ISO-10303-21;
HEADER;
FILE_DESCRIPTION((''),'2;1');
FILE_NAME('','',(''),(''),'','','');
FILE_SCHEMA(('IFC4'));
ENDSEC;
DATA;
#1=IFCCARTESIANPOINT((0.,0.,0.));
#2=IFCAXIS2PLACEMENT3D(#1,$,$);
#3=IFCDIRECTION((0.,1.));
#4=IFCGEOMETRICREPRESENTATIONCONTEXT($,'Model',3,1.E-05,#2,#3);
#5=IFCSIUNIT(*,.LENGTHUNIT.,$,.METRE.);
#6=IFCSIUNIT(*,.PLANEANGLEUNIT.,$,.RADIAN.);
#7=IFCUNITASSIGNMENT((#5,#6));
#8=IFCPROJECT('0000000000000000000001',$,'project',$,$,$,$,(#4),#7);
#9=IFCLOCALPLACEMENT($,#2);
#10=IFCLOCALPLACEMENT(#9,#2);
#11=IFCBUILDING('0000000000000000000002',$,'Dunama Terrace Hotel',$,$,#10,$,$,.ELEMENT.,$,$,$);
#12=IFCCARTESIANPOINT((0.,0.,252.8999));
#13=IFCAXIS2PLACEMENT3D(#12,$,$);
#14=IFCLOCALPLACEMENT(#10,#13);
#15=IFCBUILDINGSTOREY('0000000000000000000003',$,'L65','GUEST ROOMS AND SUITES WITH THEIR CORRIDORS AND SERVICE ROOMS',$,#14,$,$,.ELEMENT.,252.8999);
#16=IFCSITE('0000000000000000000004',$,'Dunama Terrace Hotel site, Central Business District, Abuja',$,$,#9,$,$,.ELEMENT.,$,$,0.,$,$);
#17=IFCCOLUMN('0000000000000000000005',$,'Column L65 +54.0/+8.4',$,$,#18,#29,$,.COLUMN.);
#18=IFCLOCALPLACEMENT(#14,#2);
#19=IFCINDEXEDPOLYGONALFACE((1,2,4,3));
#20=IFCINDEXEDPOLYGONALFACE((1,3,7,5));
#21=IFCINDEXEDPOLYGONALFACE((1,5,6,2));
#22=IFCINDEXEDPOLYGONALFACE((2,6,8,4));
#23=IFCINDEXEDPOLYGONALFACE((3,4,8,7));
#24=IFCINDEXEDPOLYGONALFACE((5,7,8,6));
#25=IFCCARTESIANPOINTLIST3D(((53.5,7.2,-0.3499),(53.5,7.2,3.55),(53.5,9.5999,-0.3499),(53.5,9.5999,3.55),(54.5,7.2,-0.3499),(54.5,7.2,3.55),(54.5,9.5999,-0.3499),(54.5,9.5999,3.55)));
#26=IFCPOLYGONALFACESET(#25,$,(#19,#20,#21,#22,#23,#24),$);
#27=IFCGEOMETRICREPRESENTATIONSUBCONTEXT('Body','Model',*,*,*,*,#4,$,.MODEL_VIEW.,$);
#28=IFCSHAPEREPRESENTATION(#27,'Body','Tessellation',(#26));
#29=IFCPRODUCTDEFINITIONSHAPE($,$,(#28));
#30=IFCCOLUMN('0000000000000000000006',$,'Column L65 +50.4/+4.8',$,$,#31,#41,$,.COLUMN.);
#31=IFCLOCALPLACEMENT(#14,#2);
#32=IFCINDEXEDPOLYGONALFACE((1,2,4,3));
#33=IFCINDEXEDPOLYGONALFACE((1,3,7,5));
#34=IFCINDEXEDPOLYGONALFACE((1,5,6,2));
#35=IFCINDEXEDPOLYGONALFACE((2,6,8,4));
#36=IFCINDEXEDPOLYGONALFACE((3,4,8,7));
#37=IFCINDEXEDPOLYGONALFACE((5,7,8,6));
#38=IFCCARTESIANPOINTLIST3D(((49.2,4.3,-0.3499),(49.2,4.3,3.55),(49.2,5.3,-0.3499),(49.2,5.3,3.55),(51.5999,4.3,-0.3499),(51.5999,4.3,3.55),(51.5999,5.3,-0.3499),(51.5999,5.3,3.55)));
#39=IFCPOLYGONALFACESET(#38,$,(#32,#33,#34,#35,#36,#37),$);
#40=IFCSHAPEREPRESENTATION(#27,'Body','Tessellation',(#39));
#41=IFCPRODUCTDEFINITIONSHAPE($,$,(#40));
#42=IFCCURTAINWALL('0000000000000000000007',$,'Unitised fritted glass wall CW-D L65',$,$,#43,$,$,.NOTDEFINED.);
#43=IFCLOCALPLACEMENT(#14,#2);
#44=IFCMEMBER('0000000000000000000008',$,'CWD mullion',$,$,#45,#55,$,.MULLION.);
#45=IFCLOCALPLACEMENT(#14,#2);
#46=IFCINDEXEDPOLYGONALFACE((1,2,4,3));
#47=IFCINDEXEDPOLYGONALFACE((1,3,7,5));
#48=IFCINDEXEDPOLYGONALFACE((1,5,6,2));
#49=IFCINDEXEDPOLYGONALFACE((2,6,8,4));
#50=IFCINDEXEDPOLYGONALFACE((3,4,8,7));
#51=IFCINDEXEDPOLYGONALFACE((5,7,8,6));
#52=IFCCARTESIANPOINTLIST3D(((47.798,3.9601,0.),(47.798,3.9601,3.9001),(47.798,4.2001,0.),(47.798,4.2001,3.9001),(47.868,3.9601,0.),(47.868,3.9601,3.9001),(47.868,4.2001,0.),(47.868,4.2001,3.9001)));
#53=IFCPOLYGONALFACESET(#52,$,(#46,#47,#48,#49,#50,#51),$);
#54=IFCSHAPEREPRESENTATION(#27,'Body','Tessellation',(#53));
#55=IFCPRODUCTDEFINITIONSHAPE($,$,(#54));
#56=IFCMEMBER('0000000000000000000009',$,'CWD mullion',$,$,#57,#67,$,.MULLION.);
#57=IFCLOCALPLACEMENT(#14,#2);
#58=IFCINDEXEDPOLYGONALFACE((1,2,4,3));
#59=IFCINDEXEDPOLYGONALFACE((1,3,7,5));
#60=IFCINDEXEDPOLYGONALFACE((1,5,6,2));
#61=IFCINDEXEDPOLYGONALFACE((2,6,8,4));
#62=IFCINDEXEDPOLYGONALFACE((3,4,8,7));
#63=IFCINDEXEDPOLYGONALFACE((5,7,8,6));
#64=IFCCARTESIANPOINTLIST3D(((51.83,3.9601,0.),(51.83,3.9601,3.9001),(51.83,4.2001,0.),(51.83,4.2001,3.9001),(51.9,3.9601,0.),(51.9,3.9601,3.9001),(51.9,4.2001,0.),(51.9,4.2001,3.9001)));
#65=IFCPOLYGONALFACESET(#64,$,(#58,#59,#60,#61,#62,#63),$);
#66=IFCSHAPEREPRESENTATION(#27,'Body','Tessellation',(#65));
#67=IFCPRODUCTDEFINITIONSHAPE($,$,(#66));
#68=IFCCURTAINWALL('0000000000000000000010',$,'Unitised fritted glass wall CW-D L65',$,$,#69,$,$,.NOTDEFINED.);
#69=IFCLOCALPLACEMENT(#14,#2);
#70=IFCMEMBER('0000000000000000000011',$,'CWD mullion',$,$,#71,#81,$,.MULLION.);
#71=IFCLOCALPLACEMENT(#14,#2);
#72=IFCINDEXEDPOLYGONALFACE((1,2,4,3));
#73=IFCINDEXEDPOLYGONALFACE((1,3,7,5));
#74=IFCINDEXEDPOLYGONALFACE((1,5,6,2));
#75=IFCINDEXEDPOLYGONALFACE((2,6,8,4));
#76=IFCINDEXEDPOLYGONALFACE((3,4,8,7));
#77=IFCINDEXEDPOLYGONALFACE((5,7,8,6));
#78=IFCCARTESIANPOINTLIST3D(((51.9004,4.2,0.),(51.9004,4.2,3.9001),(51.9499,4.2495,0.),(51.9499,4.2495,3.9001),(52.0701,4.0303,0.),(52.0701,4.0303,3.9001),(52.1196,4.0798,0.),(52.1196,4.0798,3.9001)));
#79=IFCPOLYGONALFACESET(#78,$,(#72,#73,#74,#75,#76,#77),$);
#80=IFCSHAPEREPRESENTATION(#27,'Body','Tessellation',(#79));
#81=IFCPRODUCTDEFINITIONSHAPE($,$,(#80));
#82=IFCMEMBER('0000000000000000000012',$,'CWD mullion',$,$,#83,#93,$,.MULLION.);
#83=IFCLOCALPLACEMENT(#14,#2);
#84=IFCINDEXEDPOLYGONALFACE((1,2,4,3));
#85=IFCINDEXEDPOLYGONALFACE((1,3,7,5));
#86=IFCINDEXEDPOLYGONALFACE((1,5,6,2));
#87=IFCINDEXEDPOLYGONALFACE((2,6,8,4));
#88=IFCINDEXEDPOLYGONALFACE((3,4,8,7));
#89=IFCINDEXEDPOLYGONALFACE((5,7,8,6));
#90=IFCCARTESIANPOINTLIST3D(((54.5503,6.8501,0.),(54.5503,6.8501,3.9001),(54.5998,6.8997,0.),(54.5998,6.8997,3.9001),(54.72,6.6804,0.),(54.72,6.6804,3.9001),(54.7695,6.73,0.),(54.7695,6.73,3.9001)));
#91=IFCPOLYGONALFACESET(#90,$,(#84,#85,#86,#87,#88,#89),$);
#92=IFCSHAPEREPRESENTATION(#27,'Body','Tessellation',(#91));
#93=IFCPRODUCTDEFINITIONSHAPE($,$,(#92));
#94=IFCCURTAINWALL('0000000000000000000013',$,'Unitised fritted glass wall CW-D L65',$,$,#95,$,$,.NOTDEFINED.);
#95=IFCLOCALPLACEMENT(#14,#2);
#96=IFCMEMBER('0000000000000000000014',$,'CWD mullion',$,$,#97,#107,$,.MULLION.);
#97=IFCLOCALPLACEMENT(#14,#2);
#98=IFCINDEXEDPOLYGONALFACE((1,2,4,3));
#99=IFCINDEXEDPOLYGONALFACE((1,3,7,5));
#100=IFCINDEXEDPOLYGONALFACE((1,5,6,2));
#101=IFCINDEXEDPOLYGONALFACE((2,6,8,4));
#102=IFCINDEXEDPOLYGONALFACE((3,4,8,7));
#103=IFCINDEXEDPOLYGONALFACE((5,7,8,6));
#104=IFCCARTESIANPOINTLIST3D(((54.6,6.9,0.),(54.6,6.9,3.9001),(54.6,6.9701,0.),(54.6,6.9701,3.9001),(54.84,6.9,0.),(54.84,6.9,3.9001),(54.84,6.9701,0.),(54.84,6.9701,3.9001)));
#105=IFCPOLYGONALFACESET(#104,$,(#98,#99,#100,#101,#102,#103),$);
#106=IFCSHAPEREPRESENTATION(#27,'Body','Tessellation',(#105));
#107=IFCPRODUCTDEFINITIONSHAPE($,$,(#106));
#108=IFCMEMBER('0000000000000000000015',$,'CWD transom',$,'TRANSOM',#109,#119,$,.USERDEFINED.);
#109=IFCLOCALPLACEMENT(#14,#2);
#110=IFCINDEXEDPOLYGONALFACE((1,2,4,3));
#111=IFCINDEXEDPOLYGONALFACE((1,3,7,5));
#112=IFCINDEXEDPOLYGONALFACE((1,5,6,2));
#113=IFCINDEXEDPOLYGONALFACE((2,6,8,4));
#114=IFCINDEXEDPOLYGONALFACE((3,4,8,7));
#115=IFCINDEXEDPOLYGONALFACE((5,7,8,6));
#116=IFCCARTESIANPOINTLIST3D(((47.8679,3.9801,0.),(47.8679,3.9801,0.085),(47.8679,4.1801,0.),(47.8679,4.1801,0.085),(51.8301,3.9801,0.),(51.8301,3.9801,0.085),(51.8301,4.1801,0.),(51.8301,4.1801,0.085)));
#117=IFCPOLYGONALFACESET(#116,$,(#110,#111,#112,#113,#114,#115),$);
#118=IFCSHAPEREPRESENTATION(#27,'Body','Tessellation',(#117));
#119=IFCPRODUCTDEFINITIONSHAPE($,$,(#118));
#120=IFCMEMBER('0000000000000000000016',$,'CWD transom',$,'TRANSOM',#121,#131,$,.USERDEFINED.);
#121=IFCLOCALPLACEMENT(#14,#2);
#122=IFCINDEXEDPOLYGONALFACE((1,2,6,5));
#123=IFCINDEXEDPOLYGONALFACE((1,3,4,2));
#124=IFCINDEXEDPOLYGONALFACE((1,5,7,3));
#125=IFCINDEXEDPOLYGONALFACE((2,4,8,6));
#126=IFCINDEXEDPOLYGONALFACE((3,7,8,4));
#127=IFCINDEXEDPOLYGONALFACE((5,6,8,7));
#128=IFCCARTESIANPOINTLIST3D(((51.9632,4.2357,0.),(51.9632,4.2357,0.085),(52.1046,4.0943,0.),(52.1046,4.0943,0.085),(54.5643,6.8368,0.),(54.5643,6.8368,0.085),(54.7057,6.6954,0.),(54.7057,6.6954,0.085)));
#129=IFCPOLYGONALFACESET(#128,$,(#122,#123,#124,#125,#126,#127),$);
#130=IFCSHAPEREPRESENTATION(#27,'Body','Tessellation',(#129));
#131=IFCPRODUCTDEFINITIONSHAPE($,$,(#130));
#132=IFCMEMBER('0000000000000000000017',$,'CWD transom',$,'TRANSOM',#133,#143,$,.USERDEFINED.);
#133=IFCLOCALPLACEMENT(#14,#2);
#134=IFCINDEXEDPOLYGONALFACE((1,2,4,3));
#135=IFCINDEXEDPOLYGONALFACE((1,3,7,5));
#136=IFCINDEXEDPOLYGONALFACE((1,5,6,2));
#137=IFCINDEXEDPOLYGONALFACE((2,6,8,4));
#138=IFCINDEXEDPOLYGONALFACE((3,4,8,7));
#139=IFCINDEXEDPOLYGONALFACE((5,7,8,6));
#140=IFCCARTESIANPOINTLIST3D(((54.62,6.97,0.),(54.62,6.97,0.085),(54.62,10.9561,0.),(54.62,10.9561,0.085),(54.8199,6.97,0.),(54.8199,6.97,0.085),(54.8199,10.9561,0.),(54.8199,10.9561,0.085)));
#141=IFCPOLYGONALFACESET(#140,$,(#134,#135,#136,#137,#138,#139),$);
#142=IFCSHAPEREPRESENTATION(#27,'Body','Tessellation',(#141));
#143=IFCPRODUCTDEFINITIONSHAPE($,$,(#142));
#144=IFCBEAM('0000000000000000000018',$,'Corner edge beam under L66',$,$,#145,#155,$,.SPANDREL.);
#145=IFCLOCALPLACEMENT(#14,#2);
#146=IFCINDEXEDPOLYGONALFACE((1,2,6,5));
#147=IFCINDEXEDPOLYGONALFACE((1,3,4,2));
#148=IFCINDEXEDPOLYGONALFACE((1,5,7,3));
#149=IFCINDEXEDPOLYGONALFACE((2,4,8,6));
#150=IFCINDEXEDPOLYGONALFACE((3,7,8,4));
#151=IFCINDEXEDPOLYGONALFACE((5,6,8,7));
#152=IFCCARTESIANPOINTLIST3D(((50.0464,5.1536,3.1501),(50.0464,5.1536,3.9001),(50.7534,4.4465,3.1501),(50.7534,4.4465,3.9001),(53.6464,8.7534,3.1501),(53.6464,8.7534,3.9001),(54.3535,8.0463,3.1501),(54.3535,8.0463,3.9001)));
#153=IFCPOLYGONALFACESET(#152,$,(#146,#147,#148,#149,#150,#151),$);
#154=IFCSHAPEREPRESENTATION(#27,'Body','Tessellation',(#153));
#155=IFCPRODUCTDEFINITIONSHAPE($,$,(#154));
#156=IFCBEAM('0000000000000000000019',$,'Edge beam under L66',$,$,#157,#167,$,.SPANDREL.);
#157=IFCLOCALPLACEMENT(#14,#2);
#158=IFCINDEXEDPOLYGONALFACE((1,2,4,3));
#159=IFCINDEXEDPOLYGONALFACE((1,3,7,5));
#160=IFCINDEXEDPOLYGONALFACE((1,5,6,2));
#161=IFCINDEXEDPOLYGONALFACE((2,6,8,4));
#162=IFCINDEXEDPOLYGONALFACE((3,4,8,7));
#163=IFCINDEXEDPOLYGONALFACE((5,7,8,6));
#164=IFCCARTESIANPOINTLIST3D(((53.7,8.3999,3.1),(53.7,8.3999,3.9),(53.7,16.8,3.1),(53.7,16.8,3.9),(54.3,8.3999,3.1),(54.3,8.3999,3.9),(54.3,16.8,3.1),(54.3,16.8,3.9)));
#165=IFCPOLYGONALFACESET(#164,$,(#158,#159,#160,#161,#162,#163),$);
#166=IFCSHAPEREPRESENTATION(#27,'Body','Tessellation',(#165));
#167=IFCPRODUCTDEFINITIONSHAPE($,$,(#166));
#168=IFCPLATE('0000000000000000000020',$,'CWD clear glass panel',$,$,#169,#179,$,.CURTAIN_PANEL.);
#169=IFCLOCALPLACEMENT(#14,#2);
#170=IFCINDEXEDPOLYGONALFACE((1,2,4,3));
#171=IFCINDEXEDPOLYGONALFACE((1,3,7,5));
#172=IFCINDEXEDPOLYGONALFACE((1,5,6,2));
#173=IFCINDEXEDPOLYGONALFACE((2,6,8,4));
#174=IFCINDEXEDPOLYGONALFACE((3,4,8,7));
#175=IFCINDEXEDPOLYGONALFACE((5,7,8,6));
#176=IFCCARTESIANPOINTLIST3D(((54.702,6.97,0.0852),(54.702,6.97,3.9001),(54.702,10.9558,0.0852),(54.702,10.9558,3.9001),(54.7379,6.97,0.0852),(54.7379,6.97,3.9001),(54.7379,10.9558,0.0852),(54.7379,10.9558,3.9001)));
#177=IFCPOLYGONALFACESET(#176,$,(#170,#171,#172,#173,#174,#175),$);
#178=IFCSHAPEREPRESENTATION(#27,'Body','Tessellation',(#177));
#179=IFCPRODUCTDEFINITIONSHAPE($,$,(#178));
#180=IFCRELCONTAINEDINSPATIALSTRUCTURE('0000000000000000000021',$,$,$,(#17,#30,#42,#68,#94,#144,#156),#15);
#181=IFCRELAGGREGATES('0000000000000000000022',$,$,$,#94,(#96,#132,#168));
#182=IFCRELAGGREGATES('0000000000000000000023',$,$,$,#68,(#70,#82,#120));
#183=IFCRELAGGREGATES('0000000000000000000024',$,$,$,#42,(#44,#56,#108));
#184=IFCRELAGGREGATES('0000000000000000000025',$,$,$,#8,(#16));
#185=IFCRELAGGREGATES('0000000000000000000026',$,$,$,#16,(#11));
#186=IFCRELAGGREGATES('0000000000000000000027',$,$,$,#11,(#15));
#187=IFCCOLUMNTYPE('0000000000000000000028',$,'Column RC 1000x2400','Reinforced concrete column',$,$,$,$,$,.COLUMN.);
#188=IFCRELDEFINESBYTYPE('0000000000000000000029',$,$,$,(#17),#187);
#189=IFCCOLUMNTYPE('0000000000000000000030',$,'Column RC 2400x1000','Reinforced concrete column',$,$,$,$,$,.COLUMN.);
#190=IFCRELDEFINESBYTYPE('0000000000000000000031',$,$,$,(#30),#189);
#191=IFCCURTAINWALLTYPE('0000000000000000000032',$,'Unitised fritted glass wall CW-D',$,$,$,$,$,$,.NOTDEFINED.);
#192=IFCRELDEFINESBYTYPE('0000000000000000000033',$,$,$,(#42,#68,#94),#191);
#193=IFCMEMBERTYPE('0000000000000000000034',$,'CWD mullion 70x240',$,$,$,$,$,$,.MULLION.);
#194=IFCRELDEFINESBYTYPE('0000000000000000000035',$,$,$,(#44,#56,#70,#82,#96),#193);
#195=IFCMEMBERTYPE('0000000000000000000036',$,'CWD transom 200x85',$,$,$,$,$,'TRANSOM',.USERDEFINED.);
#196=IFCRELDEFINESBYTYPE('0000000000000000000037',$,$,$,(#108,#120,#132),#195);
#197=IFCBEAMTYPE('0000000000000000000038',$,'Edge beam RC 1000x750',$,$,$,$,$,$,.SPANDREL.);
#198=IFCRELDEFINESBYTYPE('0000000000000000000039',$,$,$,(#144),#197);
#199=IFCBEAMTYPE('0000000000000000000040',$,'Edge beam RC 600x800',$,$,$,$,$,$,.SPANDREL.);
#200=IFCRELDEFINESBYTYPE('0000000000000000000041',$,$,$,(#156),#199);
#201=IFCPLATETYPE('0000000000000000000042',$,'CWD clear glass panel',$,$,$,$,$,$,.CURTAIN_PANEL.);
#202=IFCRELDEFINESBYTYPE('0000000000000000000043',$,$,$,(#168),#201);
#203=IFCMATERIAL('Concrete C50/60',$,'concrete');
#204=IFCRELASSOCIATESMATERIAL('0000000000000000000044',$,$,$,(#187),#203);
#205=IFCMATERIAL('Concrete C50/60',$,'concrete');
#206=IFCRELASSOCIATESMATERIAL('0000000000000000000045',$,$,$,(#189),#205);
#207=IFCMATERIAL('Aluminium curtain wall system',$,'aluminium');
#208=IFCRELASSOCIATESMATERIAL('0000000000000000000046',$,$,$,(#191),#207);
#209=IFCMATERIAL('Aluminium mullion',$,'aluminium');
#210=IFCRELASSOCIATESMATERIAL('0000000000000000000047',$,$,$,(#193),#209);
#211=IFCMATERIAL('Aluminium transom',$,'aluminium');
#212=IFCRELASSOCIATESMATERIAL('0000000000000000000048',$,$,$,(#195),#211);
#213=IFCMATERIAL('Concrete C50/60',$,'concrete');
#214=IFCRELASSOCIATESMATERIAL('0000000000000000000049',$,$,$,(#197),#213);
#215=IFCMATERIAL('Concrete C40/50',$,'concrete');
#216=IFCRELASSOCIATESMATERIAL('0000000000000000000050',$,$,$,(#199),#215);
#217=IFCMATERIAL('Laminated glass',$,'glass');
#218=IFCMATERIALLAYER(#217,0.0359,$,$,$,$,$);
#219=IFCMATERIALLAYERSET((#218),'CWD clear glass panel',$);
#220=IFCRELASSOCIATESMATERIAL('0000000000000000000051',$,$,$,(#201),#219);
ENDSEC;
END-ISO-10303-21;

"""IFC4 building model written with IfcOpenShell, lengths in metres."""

from ifc_helpers import new_model, si_unit, direction, frame, origin, origin_2d, place, context, subcontext, project, spatial, rectangle, extrude, material, layer, layer_set, material_profile, profile_set, type_object, element, aggregate, save


model = new_model("IFC4")

# Units and contexts
model_context = context("Model", 3, precision=1e-05, world=origin(), true_north=direction((0.0, 1.0)))
body_context = subcontext(model_context, "Body", "Model", "MODEL_VIEW")
ifc_project = project(units=[si_unit("LENGTHUNIT", "METRE"), si_unit("PLANEANGLEUNIT", "RADIAN")], contexts=[model_context])

# Site, building, storey
site_placement = place(None, origin())
site = spatial("IfcSite", under=ifc_project, at=site_placement, Name="Dunama Terrace Hotel site, Central Business District, Abuja", CompositionType="ELEMENT", RefElevation=0.0)
building_placement = place(site_placement, origin())
building = spatial("IfcBuilding", under=site, at=building_placement, Name="Dunama Terrace Hotel", CompositionType="ELEMENT")
storey_placement = place(building_placement, frame((0.0, 0.0, 252.8999)))
storey = spatial("IfcBuildingStorey", under=building, at=storey_placement, Name="L65", Description="GUEST ROOMS AND SUITES WITH THEIR CORRIDORS AND SERVICE ROOMS", CompositionType="ELEMENT", Elevation=252.8999)

# Columns
ifc_material_1 = material(Name="Concrete C50/60", Category="concrete")
ifc_material_profile_1 = material_profile(ifc_material_1, rectangle(XDim=1.0, YDim=2.3999, at=origin_2d()), Name="RC 1000x2400")
ifc_profile_set_1 = profile_set([ifc_material_profile_1], Name="Concrete C50/60")
column_type_1 = type_object("IfcColumnType", Name="Column RC 1000x2400", Description="Reinforced concrete column", PredefinedType="COLUMN", material=ifc_profile_set_1)
column_1_placement = place(storey_placement, frame((54.0, 8.3999, -0.3499), z_axis=(0.0, 0.0, 1.0), x_axis=(1.0, 0.0, 0.0)))
element("IfcColumn", 1, at=column_1_placement, inside=storey, type_object=column_type_1, Name="Column L65 +54.0/+8.4", PredefinedType="COLUMN", context=body_context, shape_type="SweptSolid", body=[
    extrude(rectangle(XDim=1.0, YDim=2.3999, at=origin_2d()), origin(), (0.0, 0.0, 1.0), 3.8999),
])
ifc_material_2 = material(Name="Concrete C50/60", Category="concrete")
ifc_material_profile_2 = material_profile(ifc_material_2, rectangle(XDim=2.3999, YDim=1.0, at=origin_2d()), Name="RC 2400x1000")
ifc_profile_set_2 = profile_set([ifc_material_profile_2], Name="Concrete C50/60")
column_type_2 = type_object("IfcColumnType", Name="Column RC 2400x1000", Description="Reinforced concrete column", PredefinedType="COLUMN", material=ifc_profile_set_2)
column_2_placement = place(storey_placement, frame((50.3999, 4.8, -0.3499), z_axis=(0.0, 0.0, 1.0), x_axis=(1.0, 0.0, 0.0)))
element("IfcColumn", 2, at=column_2_placement, inside=storey, type_object=column_type_2, Name="Column L65 +50.4/+4.8", PredefinedType="COLUMN", context=body_context, shape_type="SweptSolid", body=[
    extrude(rectangle(XDim=2.3999, YDim=1.0, at=origin_2d()), origin(), (0.0, 0.0, 1.0), 3.8999),
])

# Curtain walls, members
ifc_material_3 = material(Name="Aluminium curtain wall system", Category="aluminium")
curtain_wall_type = type_object("IfcCurtainWallType", Name="Unitised fritted glass wall CW-D", PredefinedType="NOTDEFINED", material=ifc_material_3)
curtain_wall_1_placement = place(storey_placement, origin())
curtain_wall_1 = element("IfcCurtainWall", 3, at=curtain_wall_1_placement, inside=storey, type_object=curtain_wall_type, Name="Unitised fritted glass wall CW-D L65", PredefinedType="NOTDEFINED")
ifc_material_4 = material(Name="Aluminium mullion", Category="aluminium")
ifc_material_profile_3 = material_profile(ifc_material_4, rectangle(XDim=0.0701, YDim=0.24, at=origin_2d()), Name="CWD MULLION 70X240")
ifc_profile_set_3 = profile_set([ifc_material_profile_3], Name="Aluminium mullion")
member_type_1 = type_object("IfcMemberType", Name="CWD mullion 70x240", PredefinedType="MULLION", material=ifc_profile_set_3)
member_1_placement = place(storey_placement, frame((47.833, 4.0801, 0.0), z_axis=(0.0, 0.0, 1.0), x_axis=(1.0, 0.0, 0.0)))
member_1 = element("IfcMember", 4, at=member_1_placement, type_object=member_type_1, Name="CWD mullion", PredefinedType="MULLION", context=body_context, shape_type="SweptSolid", body=[
    extrude(rectangle(XDim=0.0701, YDim=0.24, at=origin_2d()), origin(), (0.0, 0.0, 1.0), 3.9001),
])
member_2_placement = place(storey_placement, frame((51.865, 4.0801, 0.0), z_axis=(0.0, 0.0, 1.0), x_axis=(1.0, 0.0, 0.0)))
member_2 = element("IfcMember", 5, at=member_2_placement, type_object=member_type_1, Name="CWD mullion", PredefinedType="MULLION", context=body_context, shape_type="SweptSolid", body=[
    extrude(rectangle(XDim=0.0701, YDim=0.24, at=origin_2d()), origin(), (0.0, 0.0, 1.0), 3.9001),
])
curtain_wall_2_placement = place(storey_placement, origin())
curtain_wall_2 = element("IfcCurtainWall", 6, at=curtain_wall_2_placement, inside=storey, type_object=curtain_wall_type, Name="Unitised fritted glass wall CW-D L65", PredefinedType="NOTDEFINED")
member_3_placement = place(storey_placement, frame((52.01, 4.1399, 0.0), z_axis=(0.0, 0.0, 1.0), x_axis=(0.707107, 0.707107, 0.0)))
member_3 = element("IfcMember", 7, at=member_3_placement, type_object=member_type_1, Name="CWD mullion", PredefinedType="MULLION", context=body_context, shape_type="SweptSolid", body=[
    extrude(rectangle(XDim=0.0701, YDim=0.24, at=origin_2d()), origin(), (0.0, 0.0, 1.0), 3.9001),
])
member_4_placement = place(storey_placement, frame((54.6599, 6.79, 0.0), z_axis=(0.0, 0.0, 1.0), x_axis=(0.707107, 0.707107, 0.0)))
member_4 = element("IfcMember", 8, at=member_4_placement, type_object=member_type_1, Name="CWD mullion", PredefinedType="MULLION", context=body_context, shape_type="SweptSolid", body=[
    extrude(rectangle(XDim=0.0701, YDim=0.24, at=origin_2d()), origin(), (0.0, 0.0, 1.0), 3.9001),
])

# Curtain wall, member
curtain_wall_3_placement = place(storey_placement, origin())
curtain_wall_3 = element("IfcCurtainWall", 9, at=curtain_wall_3_placement, inside=storey, type_object=curtain_wall_type, Name="Unitised fritted glass wall CW-D L65", PredefinedType="NOTDEFINED")
member_5_placement = place(storey_placement, frame((54.72, 6.9351, 0.0), z_axis=(0.0, 0.0, 1.0), x_axis=(0.0, 1.0, 0.0)))
member_5 = element("IfcMember", 10, at=member_5_placement, type_object=member_type_1, Name="CWD mullion", PredefinedType="MULLION", context=body_context, shape_type="SweptSolid", body=[
    extrude(rectangle(XDim=0.0701, YDim=0.24, at=origin_2d()), origin(), (0.0, 0.0, 1.0), 3.9001),
])

# Members
ifc_material_5 = material(Name="Aluminium transom", Category="aluminium")
ifc_material_profile_4 = material_profile(ifc_material_5, rectangle(XDim=0.2, YDim=0.085, at=origin_2d()), Name="CWD TRANSOM 200X85")
ifc_profile_set_4 = profile_set([ifc_material_profile_4], Name="Aluminium transom")
member_type_2 = type_object("IfcMemberType", Name="CWD transom 200x85", ElementType="TRANSOM", PredefinedType="USERDEFINED", material=ifc_profile_set_4)
member_6_placement = place(storey_placement, frame((47.8679, 4.0801, 0.0425), z_axis=(1.0, 0.0, 0.0), x_axis=(0.0, 1.0, 0.0)))
member_6 = element("IfcMember", 11, at=member_6_placement, type_object=member_type_2, Name="CWD transom", ObjectType="TRANSOM", PredefinedType="USERDEFINED", context=body_context, shape_type="SweptSolid", body=[
    extrude(rectangle(XDim=0.2, YDim=0.085, at=origin_2d()), origin(), (0.0, 0.0, 1.0), 3.9622),
])
member_7_placement = place(storey_placement, frame((52.0339, 4.165, 0.0425), z_axis=(0.707107, 0.707107, 0.0), x_axis=(-0.707107, 0.707107, 0.0)))
member_7 = element("IfcMember", 12, at=member_7_placement, type_object=member_type_2, Name="CWD transom", ObjectType="TRANSOM", PredefinedType="USERDEFINED", context=body_context, shape_type="SweptSolid", body=[
    extrude(rectangle(XDim=0.2, YDim=0.085, at=origin_2d()), origin(), (0.0, 0.0, 1.0), 3.6785),
])
member_8_placement = place(storey_placement, frame((54.72, 6.97, 0.0425), z_axis=(0.0, 1.0, 0.0), x_axis=(-1.0, 0.0, 0.0)))
member_8 = element("IfcMember", 13, at=member_8_placement, type_object=member_type_2, Name="CWD transom", ObjectType="TRANSOM", PredefinedType="USERDEFINED", context=body_context, shape_type="SweptSolid", body=[
    extrude(rectangle(XDim=0.2, YDim=0.085, at=origin_2d()), origin(), (0.0, 0.0, 1.0), 3.9861),
])

# Beams
ifc_material_6 = material(Name="Concrete C50/60", Category="concrete")
ifc_material_profile_5 = material_profile(ifc_material_6, rectangle(XDim=1.0, YDim=0.75, at=origin_2d()), Name="RC 1000x750")
ifc_profile_set_5 = profile_set([ifc_material_profile_5], Name="Concrete C50/60")
beam_type_1 = type_object("IfcBeamType", Name="Edge beam RC 1000x750", PredefinedType="SPANDREL", material=ifc_profile_set_5)
beam_1_placement = place(storey_placement, frame((50.3999, 4.8, 3.5251), z_axis=(0.707131, 0.707083, 0.0), x_axis=(-0.707083, 0.707131, 0.0)))
element("IfcBeam", 14, at=beam_1_placement, inside=storey, type_object=beam_type_1, Name="Corner edge beam under L66", PredefinedType="SPANDREL", context=body_context, shape_type="SweptSolid", body=[
    extrude(rectangle(XDim=1.0, YDim=0.75, at=origin_2d()), origin(), (0.0, 0.0, 1.0), 5.0911),
])
ifc_material_7 = material(Name="Concrete C40/50", Category="concrete")
ifc_material_profile_6 = material_profile(ifc_material_7, rectangle(XDim=0.6001, YDim=0.8, at=origin_2d()), Name="RC 600x800")
ifc_profile_set_6 = profile_set([ifc_material_profile_6], Name="Concrete C40/50")
beam_type_2 = type_object("IfcBeamType", Name="Edge beam RC 600x800", PredefinedType="SPANDREL", material=ifc_profile_set_6)
beam_2_placement = place(storey_placement, frame((54.0, 8.3999, 3.5), z_axis=(0.0, 1.0, 0.0), x_axis=(-1.0, 0.0, 0.0)))
element("IfcBeam", 15, at=beam_2_placement, inside=storey, type_object=beam_type_2, Name="Edge beam under L66", PredefinedType="SPANDREL", context=body_context, shape_type="SweptSolid", body=[
    extrude(rectangle(XDim=0.6001, YDim=0.8, at=origin_2d()), origin(), (0.0, 0.0, 1.0), 8.4001),
])

# Plate
ifc_material_8 = material(Name="Laminated glass", Category="glass")
ifc_layer_1 = layer(ifc_material_8, 0.0359)
ifc_layer_set_1 = layer_set([ifc_layer_1], Name="CWD clear glass panel")
plate_type_1 = type_object("IfcPlateType", Name="CWD clear glass panel", PredefinedType="CURTAIN_PANEL", material=ifc_layer_set_1)
plate_1_placement = place(storey_placement, frame((54.72, 8.9629, 0.0852), z_axis=(0.0, 0.0, 1.0), x_axis=(0.0, 1.0, 0.0)))
plate_1 = element("IfcPlate", 16, at=plate_1_placement, type_object=plate_type_1, Name="CWD clear glass panel", PredefinedType="CURTAIN_PANEL", context=body_context, shape_type="SweptSolid", body=[
    extrude(rectangle(XDim=3.9858, YDim=0.0359, at=origin_2d()), origin(), (0.0, 0.0, 1.0), 3.8149),
])
aggregate(curtain_wall_3, [member_5, member_8, plate_1])
aggregate(curtain_wall_2, [member_3, member_4, member_7])
aggregate(curtain_wall_1, [member_1, member_2, member_6])

save(model, "model.ifc")
